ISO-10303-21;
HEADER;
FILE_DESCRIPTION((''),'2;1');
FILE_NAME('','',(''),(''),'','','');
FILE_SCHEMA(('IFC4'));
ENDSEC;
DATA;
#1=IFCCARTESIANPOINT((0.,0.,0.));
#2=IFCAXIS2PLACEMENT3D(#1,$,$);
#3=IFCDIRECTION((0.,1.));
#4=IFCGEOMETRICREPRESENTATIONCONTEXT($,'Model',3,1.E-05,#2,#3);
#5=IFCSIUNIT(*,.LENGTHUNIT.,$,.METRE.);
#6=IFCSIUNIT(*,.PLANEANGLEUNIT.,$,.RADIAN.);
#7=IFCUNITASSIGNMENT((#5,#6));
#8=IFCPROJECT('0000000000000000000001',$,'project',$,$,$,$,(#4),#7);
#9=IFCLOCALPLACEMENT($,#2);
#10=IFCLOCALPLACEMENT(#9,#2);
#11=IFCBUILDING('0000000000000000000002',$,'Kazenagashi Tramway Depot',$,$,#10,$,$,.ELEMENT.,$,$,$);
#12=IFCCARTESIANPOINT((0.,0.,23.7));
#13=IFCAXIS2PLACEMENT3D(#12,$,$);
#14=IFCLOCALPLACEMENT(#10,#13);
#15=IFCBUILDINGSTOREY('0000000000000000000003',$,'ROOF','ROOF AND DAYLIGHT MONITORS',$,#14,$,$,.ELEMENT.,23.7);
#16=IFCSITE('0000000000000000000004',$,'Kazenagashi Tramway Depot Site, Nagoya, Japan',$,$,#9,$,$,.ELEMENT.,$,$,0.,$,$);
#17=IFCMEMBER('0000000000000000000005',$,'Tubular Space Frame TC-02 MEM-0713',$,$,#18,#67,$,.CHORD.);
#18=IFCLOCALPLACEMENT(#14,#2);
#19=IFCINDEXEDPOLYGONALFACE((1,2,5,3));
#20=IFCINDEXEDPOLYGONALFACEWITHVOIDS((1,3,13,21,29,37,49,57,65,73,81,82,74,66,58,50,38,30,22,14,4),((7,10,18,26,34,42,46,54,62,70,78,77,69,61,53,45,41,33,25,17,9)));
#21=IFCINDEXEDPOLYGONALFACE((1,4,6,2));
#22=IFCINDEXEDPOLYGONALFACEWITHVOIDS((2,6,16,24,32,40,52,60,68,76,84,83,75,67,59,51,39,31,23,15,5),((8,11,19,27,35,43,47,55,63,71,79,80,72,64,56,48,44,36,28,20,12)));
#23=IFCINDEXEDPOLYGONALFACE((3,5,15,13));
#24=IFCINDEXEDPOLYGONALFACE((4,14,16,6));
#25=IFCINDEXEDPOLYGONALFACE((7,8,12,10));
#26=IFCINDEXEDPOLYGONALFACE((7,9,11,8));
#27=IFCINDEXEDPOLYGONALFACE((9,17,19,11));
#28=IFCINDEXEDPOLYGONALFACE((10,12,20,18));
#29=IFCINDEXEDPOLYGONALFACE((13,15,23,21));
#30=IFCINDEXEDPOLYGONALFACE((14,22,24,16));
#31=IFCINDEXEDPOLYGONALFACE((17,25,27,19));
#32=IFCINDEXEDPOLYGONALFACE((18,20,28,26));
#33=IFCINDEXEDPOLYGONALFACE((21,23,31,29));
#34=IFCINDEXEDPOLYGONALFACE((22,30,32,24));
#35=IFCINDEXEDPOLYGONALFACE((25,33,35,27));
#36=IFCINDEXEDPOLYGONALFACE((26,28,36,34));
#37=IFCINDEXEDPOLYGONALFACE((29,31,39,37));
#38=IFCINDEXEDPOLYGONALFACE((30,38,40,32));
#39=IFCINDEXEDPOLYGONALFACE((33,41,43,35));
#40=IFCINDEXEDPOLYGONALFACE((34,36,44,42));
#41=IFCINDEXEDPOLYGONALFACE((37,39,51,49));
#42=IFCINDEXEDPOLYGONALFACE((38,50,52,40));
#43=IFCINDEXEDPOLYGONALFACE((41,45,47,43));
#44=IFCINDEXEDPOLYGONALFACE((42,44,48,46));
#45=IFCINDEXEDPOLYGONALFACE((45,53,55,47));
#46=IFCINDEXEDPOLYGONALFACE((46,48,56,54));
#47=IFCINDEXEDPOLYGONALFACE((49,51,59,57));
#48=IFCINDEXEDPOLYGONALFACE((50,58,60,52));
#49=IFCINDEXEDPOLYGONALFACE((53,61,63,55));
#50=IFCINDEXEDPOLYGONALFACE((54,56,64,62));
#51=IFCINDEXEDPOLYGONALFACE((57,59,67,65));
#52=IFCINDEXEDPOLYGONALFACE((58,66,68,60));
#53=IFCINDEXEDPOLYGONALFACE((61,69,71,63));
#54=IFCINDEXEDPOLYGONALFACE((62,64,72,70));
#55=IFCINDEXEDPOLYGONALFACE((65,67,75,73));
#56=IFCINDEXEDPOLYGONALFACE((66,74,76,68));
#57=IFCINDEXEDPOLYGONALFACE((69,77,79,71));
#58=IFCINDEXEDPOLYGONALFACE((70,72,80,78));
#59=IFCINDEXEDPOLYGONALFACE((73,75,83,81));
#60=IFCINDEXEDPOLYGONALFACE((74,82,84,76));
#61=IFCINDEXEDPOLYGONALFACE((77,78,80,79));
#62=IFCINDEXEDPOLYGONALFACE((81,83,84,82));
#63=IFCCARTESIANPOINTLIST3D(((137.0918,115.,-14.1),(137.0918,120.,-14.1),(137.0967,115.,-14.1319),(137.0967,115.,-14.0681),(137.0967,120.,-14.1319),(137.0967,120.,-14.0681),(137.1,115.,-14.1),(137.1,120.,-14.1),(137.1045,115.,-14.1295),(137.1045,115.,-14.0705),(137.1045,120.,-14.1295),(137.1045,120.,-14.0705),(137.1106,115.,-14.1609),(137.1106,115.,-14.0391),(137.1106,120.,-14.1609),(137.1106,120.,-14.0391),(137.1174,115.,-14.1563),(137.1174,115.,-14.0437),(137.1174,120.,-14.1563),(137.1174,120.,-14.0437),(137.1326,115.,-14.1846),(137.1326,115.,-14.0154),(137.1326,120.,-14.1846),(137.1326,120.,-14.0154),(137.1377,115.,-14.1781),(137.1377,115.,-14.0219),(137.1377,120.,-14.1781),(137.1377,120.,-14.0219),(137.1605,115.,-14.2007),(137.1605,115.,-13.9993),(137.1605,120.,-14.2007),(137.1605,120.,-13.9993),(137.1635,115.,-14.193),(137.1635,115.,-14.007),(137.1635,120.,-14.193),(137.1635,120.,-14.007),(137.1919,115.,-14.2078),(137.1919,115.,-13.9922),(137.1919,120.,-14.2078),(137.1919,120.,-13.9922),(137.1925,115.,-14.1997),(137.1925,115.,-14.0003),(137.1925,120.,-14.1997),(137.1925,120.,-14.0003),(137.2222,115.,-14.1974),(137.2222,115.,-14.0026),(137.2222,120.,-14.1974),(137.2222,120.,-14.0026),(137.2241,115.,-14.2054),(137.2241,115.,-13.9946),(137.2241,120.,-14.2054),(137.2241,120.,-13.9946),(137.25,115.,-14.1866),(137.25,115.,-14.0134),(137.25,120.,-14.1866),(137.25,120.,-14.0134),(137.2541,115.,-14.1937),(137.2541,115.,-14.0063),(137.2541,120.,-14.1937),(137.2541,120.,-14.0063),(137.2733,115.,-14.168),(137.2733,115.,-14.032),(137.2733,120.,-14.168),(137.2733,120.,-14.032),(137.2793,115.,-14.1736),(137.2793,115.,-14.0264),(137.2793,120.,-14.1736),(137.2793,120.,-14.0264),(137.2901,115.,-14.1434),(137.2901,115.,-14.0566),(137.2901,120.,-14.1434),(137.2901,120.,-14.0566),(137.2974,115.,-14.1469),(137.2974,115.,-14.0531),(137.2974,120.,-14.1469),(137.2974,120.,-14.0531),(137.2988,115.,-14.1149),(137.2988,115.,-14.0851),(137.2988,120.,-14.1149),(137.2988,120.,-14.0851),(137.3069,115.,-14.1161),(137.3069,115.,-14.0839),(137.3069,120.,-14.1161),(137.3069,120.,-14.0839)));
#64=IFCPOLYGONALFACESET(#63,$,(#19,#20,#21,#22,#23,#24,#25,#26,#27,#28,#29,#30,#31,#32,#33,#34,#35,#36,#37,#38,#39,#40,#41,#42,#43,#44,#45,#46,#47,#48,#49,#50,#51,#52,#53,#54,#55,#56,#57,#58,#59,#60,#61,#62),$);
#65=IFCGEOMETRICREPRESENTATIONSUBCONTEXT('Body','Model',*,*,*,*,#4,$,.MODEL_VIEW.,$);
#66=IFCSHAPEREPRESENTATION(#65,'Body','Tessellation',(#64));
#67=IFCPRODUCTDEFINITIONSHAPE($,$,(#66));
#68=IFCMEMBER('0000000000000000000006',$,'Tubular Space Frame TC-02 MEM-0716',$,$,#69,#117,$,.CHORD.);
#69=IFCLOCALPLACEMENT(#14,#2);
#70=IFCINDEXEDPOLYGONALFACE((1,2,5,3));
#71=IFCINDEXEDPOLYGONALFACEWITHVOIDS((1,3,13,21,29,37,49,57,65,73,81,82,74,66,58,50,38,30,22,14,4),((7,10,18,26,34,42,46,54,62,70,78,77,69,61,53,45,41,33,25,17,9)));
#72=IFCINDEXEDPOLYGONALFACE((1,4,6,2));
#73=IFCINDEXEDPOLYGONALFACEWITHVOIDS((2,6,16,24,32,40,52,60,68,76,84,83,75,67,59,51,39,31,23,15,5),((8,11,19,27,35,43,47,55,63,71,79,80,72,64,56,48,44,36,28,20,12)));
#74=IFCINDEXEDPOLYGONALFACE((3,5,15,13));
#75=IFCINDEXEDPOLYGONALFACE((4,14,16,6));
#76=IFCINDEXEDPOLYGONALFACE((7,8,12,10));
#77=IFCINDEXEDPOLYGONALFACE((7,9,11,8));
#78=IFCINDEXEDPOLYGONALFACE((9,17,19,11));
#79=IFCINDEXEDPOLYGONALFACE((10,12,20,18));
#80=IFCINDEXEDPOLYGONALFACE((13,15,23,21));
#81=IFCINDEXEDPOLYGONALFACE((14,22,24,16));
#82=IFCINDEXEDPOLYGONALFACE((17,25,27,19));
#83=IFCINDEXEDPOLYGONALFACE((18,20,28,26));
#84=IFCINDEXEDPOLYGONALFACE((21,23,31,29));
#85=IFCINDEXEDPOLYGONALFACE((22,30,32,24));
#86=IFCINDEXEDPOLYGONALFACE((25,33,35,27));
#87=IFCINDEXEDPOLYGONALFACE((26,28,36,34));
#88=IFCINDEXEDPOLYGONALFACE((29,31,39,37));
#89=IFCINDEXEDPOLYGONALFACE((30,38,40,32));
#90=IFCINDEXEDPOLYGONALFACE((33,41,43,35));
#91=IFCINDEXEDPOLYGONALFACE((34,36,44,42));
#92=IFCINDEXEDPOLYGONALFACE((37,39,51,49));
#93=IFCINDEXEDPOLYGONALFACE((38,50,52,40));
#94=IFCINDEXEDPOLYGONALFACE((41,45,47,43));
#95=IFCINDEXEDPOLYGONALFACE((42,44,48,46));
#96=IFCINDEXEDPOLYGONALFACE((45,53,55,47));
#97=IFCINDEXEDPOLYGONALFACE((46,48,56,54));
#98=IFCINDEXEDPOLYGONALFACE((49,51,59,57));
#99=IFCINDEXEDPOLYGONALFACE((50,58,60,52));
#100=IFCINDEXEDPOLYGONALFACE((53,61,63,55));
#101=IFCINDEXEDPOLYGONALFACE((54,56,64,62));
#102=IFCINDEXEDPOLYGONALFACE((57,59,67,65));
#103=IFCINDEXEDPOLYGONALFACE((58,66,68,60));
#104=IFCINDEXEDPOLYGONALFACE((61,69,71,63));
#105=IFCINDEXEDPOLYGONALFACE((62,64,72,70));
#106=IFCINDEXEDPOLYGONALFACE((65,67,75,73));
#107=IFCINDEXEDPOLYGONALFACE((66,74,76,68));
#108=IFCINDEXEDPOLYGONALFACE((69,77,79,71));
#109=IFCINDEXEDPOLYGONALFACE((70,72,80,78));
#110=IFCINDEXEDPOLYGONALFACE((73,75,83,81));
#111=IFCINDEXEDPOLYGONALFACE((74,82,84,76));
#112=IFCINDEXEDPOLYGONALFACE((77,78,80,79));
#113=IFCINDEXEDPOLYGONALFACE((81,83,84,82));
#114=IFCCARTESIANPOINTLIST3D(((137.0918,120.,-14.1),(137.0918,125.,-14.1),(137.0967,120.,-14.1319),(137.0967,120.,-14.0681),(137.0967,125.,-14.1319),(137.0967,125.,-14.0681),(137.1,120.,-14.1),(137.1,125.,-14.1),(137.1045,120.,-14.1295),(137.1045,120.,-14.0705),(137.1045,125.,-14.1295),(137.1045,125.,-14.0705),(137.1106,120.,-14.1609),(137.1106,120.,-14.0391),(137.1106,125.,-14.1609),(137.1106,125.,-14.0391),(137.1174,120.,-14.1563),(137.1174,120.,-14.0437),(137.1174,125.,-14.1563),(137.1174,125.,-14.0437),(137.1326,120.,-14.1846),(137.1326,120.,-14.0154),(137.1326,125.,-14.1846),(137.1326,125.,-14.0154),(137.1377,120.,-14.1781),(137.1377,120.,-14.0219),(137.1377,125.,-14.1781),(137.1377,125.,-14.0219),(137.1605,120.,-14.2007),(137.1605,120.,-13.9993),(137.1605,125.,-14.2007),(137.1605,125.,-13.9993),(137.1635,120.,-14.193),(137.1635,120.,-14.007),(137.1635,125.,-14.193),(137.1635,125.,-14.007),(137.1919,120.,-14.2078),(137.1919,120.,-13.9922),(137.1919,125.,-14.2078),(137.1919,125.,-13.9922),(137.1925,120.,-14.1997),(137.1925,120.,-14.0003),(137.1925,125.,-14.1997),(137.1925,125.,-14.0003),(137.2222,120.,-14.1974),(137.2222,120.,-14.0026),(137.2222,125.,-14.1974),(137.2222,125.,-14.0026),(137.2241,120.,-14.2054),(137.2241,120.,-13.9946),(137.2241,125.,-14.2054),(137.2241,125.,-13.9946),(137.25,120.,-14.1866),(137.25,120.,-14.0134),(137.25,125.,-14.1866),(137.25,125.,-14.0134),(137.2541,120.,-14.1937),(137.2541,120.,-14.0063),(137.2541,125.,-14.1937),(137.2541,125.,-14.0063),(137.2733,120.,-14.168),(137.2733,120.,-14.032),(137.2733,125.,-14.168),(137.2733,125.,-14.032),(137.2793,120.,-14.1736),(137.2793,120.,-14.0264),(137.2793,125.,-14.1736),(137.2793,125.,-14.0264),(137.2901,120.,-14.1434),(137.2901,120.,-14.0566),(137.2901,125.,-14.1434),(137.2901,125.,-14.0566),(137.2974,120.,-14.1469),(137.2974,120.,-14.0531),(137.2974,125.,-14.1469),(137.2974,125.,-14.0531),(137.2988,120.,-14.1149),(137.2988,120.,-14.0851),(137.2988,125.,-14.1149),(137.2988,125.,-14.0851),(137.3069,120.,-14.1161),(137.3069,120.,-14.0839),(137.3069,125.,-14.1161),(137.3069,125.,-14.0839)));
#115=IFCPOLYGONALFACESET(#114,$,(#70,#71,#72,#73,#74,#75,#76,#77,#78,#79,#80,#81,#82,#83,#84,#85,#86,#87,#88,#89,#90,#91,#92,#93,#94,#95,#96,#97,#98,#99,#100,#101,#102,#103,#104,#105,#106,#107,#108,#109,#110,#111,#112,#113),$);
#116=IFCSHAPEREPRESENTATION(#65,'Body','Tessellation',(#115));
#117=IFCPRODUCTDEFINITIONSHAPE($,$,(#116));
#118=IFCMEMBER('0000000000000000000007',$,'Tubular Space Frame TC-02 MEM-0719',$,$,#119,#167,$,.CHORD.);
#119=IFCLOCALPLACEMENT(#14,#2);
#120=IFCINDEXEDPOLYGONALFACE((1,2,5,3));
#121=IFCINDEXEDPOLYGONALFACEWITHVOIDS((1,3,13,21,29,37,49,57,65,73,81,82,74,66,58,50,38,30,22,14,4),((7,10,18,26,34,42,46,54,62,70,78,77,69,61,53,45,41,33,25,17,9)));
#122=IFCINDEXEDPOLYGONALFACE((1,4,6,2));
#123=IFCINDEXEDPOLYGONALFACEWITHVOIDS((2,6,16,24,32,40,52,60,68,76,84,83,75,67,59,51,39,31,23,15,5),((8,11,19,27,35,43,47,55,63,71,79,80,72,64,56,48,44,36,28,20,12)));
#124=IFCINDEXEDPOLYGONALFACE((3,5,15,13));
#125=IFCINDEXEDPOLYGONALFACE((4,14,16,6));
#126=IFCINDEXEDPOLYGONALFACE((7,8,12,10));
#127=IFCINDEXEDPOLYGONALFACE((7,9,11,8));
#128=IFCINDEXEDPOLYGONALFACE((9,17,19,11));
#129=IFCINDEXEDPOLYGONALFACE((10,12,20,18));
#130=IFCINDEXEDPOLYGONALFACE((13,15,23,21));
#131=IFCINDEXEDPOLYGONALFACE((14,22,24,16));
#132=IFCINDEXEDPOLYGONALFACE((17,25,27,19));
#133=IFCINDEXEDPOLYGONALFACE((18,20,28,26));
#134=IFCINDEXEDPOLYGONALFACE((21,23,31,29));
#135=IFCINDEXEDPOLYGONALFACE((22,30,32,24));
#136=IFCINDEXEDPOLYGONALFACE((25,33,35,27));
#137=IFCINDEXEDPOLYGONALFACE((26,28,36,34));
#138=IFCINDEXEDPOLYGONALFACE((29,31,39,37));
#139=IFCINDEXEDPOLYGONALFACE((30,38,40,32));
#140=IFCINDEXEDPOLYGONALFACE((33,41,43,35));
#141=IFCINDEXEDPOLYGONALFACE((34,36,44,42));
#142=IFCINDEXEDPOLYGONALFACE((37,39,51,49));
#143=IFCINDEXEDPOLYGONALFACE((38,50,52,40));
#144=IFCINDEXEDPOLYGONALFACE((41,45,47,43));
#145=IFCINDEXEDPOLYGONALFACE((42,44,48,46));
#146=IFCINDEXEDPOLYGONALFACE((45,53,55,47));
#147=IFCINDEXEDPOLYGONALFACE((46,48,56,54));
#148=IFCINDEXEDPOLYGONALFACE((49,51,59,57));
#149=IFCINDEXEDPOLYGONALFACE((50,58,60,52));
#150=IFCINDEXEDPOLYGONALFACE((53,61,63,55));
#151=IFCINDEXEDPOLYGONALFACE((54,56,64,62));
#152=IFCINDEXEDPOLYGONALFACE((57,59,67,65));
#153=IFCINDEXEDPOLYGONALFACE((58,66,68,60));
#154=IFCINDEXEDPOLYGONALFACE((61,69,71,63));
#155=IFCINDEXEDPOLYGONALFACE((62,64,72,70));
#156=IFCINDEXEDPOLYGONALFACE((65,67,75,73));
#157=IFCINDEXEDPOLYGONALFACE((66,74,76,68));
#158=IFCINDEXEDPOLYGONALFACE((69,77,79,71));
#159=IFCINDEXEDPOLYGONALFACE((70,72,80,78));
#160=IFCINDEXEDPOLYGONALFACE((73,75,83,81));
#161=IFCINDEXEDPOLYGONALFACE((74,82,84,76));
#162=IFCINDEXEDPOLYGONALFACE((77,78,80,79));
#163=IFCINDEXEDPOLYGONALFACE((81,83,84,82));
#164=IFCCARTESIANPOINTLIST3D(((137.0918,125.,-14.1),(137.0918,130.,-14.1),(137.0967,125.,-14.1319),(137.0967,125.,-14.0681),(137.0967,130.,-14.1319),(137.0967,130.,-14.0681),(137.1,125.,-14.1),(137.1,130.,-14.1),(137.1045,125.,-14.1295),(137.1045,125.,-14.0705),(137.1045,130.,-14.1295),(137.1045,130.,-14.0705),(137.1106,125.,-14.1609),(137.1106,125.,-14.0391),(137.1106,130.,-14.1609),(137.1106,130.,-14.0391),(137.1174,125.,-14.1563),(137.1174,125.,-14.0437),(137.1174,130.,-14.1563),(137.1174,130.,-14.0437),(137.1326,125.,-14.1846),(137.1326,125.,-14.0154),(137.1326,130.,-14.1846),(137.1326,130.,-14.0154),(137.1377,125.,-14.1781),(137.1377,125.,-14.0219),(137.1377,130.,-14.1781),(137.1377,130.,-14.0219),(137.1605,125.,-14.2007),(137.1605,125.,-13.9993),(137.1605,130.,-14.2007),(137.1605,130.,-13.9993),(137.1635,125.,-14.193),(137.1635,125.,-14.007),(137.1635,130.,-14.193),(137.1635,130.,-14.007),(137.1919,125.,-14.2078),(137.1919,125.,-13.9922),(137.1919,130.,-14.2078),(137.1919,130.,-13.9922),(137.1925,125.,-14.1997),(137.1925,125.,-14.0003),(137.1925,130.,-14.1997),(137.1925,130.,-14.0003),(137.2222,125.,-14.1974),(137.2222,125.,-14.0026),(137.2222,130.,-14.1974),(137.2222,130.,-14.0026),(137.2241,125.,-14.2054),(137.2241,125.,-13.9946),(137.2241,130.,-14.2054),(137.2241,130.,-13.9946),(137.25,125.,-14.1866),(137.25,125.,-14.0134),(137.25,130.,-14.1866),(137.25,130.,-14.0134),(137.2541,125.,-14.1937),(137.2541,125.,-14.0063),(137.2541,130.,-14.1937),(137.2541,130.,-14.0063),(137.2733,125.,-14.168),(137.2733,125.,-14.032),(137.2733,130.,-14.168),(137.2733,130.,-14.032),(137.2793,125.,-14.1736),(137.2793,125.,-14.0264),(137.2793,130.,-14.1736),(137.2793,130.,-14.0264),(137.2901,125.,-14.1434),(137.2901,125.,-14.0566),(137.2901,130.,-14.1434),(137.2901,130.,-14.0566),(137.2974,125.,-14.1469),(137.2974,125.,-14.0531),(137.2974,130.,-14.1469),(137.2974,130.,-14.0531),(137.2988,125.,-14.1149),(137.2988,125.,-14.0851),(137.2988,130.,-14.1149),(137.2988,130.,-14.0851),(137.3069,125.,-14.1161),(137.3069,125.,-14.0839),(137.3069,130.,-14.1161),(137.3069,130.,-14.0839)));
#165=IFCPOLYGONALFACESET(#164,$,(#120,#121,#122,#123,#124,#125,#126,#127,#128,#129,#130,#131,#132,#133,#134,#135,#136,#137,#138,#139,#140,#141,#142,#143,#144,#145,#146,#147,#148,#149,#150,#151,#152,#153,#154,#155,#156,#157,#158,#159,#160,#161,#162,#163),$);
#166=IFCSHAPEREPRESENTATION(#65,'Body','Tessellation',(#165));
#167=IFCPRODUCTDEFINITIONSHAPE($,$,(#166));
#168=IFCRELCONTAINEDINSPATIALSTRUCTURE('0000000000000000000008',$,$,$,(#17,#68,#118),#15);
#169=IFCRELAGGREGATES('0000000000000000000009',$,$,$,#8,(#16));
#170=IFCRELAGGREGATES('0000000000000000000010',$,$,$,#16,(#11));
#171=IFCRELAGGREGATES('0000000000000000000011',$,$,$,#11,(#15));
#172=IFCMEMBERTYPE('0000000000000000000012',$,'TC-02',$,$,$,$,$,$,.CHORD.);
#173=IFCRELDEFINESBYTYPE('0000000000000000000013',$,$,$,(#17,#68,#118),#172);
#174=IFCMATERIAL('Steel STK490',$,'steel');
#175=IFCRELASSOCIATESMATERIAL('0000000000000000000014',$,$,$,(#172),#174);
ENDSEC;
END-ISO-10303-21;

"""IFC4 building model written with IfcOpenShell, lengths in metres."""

from ifc_helpers import new_model, si_unit, direction, frame, origin, origin_2d, place, context, subcontext, project, spatial, hollow_circle, extrude, material, material_profile, profile_set, type_object, element, save


model = new_model("IFC4")

# Units and contexts
model_context = context("Model", 3, precision=1e-05, world=origin(), true_north=direction((0.0, 1.0)))
body_context = subcontext(model_context, "Body", "Model", "MODEL_VIEW")
ifc_project = project(units=[si_unit("LENGTHUNIT", "METRE"), si_unit("PLANEANGLEUNIT", "RADIAN")], contexts=[model_context])

# Site, building, storey
site_placement = place(None, origin())
site = spatial("IfcSite", under=ifc_project, at=site_placement, Name="Kazenagashi Tramway Depot Site, Nagoya, Japan", CompositionType="ELEMENT", RefElevation=0.0)
building_placement = place(site_placement, origin())
building = spatial("IfcBuilding", under=site, at=building_placement, Name="Kazenagashi Tramway Depot", CompositionType="ELEMENT")
storey_placement = place(building_placement, frame((0.0, 0.0, 23.7)))
storey = spatial("IfcBuildingStorey", under=building, at=storey_placement, Name="ROOF", Description="ROOF AND DAYLIGHT MONITORS", CompositionType="ELEMENT", Elevation=23.7)

# Members
ifc_material_1 = material(Name="Steel STK490", Category="steel")
ifc_material_profile_1 = material_profile(ifc_material_1, hollow_circle(Radius=0.1081, WallThickness=0.0082, at=origin_2d()), Name="CHS-216.3x8.2")
ifc_profile_set_1 = profile_set([ifc_material_profile_1], Name="Steel STK490")
member_type_1 = type_object("IfcMemberType", Name="TC-02", PredefinedType="CHORD", material=ifc_profile_set_1)
for number, where, z_axis, x_axis, name in (
    (1, (137.2, 115.0, -14.1), (0.0, 1.0, 0.0), (-1.0, 0.0, 0.0), "Tubular Space Frame TC-02 MEM-0713"),
    (2, (137.2, 120.0, -14.1), (0.0, 1.0, 0.0), (-1.0, 0.0, 0.0), "Tubular Space Frame TC-02 MEM-0716"),
    (3, (137.2, 125.0, -14.1), (0.0, 1.0, 0.0), (-1.0, 0.0, 0.0), "Tubular Space Frame TC-02 MEM-0719"),
):
    element("IfcMember", number, at=place(storey_placement, frame(where, z_axis=z_axis, x_axis=x_axis)), inside=storey, type_object=member_type_1, Name=name, PredefinedType="CHORD", context=body_context, shape_type="SweptSolid", body=[
        extrude(hollow_circle(Radius=0.1081, WallThickness=0.0082, at=origin_2d()), origin(), (0.0, 0.0, 1.0), 5.0),
    ])

save(model, "model.ifc")
